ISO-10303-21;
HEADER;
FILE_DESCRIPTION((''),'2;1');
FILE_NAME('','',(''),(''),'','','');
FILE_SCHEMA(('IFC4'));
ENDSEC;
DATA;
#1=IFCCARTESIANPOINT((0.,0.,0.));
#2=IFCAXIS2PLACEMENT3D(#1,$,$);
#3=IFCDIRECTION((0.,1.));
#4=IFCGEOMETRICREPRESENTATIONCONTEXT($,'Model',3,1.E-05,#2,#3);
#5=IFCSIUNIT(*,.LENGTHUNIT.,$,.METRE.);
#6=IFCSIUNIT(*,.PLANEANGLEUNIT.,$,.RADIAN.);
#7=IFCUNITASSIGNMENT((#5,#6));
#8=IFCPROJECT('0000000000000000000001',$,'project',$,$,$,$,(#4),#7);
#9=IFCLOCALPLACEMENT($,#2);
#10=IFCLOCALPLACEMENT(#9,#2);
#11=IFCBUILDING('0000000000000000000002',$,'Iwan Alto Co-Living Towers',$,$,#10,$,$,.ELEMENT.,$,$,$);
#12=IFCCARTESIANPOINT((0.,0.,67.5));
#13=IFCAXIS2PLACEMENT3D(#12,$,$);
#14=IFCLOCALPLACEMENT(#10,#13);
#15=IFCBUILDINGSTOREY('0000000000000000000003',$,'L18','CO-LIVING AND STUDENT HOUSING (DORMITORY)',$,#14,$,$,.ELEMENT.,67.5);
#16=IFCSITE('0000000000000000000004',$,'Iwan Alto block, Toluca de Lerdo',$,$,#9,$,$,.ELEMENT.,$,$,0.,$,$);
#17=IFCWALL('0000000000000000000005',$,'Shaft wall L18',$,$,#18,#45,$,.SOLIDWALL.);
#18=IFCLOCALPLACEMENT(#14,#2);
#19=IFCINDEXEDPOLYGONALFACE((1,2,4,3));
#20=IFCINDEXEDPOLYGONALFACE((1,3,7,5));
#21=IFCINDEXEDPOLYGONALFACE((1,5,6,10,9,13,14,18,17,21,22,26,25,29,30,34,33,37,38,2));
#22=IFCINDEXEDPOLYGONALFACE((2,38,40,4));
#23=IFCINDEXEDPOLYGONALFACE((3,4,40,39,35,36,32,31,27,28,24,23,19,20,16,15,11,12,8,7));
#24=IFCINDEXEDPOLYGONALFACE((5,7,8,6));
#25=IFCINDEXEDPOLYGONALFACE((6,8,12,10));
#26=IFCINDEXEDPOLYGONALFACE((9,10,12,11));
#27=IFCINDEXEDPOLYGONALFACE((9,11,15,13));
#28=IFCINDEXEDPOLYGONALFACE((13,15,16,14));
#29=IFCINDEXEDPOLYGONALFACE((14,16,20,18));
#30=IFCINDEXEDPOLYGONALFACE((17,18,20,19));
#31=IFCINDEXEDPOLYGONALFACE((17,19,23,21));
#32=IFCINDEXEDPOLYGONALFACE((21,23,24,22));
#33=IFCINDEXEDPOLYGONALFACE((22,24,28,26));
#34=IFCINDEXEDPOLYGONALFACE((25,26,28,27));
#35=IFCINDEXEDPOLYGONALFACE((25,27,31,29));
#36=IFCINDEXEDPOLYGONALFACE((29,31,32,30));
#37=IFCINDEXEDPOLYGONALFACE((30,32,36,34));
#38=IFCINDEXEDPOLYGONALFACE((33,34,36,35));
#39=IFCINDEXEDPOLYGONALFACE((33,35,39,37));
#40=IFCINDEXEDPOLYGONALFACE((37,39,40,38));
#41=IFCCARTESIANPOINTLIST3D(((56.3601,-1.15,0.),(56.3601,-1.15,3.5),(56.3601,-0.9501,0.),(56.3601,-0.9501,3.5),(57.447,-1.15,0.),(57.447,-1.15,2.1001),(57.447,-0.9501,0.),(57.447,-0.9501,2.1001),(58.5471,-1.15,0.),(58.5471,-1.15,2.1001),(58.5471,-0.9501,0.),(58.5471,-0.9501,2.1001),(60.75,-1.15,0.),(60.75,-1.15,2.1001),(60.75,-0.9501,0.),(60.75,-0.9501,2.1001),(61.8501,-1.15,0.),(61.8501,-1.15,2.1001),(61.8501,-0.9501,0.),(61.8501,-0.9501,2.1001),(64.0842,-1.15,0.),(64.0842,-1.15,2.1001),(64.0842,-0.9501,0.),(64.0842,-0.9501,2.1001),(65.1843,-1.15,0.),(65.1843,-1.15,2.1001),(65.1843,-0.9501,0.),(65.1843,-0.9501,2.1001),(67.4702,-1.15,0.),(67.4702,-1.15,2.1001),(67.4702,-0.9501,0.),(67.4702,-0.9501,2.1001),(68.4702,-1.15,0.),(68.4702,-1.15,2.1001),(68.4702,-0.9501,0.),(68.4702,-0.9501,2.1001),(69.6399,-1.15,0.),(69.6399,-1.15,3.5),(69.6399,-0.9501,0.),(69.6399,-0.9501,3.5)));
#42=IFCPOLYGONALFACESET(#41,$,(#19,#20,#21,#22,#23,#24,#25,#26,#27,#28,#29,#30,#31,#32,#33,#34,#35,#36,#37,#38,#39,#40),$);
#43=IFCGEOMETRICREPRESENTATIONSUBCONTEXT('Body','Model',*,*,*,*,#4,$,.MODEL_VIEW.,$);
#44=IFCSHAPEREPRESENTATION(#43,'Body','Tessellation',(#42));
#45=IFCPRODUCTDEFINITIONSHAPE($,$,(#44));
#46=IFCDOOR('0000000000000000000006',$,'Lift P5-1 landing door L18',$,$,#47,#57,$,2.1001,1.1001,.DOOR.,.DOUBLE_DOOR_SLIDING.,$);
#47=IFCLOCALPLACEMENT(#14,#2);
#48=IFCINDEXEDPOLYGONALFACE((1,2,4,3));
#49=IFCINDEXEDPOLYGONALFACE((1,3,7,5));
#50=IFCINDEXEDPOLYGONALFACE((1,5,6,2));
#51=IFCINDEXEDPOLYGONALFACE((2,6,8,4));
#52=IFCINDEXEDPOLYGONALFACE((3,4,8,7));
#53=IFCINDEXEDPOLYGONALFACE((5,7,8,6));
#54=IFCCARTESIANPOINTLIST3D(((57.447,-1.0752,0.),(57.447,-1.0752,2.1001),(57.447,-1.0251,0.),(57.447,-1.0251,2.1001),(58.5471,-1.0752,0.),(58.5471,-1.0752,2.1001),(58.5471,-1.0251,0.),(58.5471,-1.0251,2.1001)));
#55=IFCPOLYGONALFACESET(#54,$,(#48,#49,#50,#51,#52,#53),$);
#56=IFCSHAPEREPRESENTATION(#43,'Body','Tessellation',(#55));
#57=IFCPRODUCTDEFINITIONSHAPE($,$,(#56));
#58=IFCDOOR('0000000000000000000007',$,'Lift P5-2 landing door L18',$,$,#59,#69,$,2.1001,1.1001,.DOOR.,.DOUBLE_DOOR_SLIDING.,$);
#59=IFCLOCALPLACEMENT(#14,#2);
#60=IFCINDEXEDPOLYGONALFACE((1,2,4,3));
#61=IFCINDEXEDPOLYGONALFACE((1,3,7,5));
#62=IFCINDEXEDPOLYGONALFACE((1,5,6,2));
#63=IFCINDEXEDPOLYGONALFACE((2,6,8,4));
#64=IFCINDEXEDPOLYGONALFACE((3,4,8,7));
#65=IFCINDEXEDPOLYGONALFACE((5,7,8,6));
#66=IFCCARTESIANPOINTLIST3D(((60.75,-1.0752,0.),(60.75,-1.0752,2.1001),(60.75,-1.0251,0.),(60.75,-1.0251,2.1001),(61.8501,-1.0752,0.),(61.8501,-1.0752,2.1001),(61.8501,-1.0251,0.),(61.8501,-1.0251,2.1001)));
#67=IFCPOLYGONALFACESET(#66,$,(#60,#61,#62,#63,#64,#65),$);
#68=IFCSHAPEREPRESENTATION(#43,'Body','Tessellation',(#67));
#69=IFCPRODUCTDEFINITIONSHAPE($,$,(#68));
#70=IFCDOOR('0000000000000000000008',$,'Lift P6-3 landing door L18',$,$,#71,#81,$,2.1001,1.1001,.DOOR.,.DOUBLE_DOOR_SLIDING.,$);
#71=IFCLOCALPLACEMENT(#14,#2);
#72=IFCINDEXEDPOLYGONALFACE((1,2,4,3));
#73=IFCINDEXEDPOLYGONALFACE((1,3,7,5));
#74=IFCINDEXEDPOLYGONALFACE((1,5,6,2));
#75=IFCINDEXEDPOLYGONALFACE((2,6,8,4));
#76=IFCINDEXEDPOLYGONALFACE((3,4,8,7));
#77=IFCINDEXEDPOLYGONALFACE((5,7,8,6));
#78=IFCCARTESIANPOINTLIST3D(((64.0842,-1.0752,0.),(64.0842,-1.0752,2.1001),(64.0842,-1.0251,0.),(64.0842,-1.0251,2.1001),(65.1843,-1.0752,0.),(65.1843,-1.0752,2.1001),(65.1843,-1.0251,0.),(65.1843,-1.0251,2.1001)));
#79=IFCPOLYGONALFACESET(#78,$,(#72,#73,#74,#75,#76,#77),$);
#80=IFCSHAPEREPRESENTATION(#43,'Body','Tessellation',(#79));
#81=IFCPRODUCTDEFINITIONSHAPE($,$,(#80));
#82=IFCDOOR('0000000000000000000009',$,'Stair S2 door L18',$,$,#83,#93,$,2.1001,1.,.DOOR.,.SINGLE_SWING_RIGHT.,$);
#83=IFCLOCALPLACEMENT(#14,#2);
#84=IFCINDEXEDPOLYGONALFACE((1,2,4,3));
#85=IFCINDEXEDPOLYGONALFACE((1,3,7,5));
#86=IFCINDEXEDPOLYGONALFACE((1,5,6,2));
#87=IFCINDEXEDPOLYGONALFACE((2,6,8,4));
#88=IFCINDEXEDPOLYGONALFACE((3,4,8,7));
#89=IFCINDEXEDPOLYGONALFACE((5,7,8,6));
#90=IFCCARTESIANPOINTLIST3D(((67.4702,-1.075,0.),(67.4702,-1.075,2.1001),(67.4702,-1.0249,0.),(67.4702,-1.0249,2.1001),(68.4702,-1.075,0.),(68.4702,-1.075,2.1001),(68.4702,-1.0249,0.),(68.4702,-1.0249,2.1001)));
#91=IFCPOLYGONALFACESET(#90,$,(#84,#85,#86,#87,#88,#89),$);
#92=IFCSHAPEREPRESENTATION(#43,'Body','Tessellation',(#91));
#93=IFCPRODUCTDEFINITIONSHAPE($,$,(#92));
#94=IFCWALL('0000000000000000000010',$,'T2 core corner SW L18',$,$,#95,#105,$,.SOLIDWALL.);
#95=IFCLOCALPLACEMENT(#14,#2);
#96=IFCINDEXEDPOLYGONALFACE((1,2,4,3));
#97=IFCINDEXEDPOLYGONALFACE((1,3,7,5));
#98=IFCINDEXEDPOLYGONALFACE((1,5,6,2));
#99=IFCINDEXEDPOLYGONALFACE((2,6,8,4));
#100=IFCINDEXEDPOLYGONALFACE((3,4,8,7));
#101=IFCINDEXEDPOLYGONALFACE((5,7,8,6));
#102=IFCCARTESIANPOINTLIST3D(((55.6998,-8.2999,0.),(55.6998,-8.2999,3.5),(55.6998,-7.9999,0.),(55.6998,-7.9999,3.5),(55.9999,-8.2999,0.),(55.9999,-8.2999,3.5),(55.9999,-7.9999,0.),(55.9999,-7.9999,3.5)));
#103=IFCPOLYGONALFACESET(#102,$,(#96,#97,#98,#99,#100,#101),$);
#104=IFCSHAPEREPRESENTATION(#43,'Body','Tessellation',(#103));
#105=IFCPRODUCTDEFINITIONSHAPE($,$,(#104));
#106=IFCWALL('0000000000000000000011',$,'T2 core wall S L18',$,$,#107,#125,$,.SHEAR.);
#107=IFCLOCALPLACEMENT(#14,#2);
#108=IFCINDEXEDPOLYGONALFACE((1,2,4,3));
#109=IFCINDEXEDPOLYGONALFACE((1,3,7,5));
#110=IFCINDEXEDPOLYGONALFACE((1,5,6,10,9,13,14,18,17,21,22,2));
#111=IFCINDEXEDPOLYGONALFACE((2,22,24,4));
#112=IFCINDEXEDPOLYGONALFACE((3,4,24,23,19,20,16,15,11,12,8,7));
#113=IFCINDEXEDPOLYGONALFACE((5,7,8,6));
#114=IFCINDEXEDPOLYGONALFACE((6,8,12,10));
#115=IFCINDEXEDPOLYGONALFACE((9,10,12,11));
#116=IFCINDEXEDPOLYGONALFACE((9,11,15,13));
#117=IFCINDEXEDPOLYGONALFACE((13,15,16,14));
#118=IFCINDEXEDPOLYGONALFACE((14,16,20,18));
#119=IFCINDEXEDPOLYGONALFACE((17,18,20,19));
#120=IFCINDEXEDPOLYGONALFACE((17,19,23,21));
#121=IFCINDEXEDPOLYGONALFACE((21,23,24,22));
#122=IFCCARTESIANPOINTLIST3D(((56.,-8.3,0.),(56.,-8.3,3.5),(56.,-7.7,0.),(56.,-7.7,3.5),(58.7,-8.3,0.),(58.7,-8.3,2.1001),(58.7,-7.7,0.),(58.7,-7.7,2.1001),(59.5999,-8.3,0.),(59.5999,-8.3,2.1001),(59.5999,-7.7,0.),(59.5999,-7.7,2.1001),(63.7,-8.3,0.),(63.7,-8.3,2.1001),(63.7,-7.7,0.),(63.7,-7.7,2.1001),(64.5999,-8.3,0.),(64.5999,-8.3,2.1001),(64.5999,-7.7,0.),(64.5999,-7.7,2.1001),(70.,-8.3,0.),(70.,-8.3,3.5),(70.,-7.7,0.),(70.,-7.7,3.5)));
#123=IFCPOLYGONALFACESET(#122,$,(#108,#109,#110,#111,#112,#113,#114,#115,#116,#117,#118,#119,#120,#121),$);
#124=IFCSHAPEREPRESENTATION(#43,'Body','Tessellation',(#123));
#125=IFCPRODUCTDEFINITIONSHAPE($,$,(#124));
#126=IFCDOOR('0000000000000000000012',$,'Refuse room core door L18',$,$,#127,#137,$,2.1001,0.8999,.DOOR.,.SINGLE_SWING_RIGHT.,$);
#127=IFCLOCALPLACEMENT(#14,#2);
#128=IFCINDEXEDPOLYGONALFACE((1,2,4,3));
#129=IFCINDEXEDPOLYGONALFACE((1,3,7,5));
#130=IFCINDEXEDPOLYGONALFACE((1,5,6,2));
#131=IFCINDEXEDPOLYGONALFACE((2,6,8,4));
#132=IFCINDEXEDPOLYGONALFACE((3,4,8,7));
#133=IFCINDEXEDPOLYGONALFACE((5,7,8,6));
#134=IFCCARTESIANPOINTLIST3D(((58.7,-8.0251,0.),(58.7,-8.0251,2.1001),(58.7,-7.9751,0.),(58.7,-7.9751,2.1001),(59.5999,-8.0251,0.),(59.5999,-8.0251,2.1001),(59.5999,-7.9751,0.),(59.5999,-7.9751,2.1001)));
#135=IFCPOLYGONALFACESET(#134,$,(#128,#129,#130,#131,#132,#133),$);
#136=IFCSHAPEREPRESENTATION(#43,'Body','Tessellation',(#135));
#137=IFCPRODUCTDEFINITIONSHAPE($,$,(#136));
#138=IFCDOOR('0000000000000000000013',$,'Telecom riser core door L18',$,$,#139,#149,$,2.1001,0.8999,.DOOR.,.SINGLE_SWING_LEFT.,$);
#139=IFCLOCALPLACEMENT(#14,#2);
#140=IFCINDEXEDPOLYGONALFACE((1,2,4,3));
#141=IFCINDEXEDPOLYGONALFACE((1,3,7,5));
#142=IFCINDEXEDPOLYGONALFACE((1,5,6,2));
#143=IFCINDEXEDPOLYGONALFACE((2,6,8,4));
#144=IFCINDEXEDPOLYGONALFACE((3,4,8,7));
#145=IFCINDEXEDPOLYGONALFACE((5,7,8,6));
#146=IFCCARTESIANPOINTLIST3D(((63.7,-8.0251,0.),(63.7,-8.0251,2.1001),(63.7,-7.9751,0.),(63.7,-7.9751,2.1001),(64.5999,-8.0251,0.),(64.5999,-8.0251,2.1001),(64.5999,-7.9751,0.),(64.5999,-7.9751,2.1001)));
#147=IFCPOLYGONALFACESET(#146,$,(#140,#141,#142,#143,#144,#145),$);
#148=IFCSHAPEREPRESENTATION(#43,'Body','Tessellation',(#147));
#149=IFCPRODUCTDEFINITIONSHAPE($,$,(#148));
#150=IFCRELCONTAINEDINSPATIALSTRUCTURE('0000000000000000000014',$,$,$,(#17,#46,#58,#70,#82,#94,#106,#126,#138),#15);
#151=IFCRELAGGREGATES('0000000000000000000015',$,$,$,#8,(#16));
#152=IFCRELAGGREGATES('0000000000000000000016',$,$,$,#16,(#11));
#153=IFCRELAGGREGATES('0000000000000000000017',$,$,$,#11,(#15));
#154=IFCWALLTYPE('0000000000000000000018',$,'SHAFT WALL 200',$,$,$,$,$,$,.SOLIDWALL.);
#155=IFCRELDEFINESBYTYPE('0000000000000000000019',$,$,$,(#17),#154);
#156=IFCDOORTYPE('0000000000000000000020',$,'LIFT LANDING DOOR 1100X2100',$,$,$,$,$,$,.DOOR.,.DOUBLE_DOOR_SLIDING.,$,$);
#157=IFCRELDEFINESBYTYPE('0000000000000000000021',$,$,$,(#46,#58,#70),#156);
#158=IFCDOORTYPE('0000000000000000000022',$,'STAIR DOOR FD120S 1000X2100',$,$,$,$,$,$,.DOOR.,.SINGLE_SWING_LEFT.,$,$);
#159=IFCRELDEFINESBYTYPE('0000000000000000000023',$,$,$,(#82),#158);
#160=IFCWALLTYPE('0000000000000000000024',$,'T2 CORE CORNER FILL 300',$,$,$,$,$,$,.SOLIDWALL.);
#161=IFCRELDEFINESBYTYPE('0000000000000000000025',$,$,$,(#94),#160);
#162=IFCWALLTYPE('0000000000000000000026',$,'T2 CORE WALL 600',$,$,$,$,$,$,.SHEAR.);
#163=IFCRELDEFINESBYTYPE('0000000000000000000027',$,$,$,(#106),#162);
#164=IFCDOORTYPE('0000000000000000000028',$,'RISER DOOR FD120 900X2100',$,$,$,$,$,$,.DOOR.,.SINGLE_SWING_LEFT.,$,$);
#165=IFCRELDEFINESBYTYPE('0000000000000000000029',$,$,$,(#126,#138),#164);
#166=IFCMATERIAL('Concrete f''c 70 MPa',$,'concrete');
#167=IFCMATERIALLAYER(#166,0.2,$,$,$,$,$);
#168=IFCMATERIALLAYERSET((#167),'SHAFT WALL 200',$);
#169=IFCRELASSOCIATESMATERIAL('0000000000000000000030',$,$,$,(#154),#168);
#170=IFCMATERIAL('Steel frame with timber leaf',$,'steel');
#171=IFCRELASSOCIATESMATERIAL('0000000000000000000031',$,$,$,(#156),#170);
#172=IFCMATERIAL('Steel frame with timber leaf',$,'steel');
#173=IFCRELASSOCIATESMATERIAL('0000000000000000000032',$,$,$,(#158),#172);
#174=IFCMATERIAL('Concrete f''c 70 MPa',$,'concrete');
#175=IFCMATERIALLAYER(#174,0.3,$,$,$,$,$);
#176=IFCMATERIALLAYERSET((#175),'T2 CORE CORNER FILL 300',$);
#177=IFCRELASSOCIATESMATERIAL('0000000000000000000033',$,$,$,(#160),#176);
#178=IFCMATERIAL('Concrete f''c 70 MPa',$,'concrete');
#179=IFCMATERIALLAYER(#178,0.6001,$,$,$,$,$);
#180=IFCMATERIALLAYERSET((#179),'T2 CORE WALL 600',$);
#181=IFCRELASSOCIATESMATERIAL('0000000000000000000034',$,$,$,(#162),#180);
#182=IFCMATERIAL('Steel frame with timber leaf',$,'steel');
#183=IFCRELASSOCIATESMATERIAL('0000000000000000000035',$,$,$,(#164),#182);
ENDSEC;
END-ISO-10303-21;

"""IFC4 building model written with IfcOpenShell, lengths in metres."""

from ifc_helpers import new_model, si_unit, direction, frame, frame_2d, origin, place, context, subcontext, project, spatial, rectangle, extrude, material, layer, layer_set, type_object, element, fill, save


model = new_model("IFC4")

# Units and contexts
model_context = context("Model", 3, precision=1e-05, world=origin(), true_north=direction((0.0, 1.0)))
body_context = subcontext(model_context, "Body", "Model", "MODEL_VIEW")
ifc_project = project(units=[si_unit("LENGTHUNIT", "METRE"), si_unit("PLANEANGLEUNIT", "RADIAN")], contexts=[model_context])

# Site, building, storey
site_placement = place(None, origin())
site = spatial("IfcSite", under=ifc_project, at=site_placement, Name="Iwan Alto block, Toluca de Lerdo", CompositionType="ELEMENT", RefElevation=0.0)
building_placement = place(site_placement, origin())
building = spatial("IfcBuilding", under=site, at=building_placement, Name="Iwan Alto Co-Living Towers", CompositionType="ELEMENT")
storey_placement = place(building_placement, frame((0.0, 0.0, 67.5)))
storey = spatial("IfcBuildingStorey", under=building, at=storey_placement, Name="L18", Description="CO-LIVING AND STUDENT HOUSING (DORMITORY)", CompositionType="ELEMENT", Elevation=67.5)

# Shared definitions
ifc_material_1 = material(Name="Concrete f'c 70 MPa", Category="concrete")
ifc_layer_1 = layer(ifc_material_1, 0.2)
ifc_layer_set_1 = layer_set([ifc_layer_1], Name="SHAFT WALL 200")
wall_type_1 = type_object("IfcWallType", Name="SHAFT WALL 200", PredefinedType="SOLIDWALL", material=ifc_layer_set_1)

# Wall, openings, doors
wall_1_placement = place(storey_placement, frame((56.3601, -1.05, 0.0), z_axis=(0.0, 0.0, 1.0), x_axis=(1.0, 0.0, 0.0)))
wall_1 = element("IfcWall", 1, at=wall_1_placement, inside=storey, type_object=wall_type_1, Name="Shaft wall L18", PredefinedType="SOLIDWALL", context=body_context, shape_type="SweptSolid", body=[
    extrude(rectangle(XDim=13.2798, YDim=0.2, at=frame_2d((6.6399, 0.0))), origin(), (0.0, 0.0, 1.0), 3.5),
])
opening_1_placement = place(wall_1_placement, frame((11.1101, 0.0, 0.0)))
opening_1 = element("IfcOpeningElement", 2, at=opening_1_placement, cuts=wall_1, PredefinedType="OPENING", context=body_context, shape_type="SweptSolid", body=[
    extrude(rectangle(XDim=1.0, YDim=2.1001, at=frame_2d((0.5, 1.05))), frame((0.0, 0.1099, 0.0), z_axis=(0.0, -1.0, 0.0), x_axis=(1.0, 0.0, 0.0)), (0.0, 0.0, 1.0), 0.22),
])
opening_2_placement = place(wall_1_placement, frame((1.0869, 0.0, 0.0)))
opening_2 = element("IfcOpeningElement", 3, at=opening_2_placement, cuts=wall_1, PredefinedType="OPENING", context=body_context, shape_type="SweptSolid", body=[
    extrude(rectangle(XDim=1.1001, YDim=2.1001, at=frame_2d((0.55, 1.05))), frame((0.0, 0.1099, 0.0), z_axis=(0.0, -1.0, 0.0), x_axis=(1.0, 0.0, 0.0)), (0.0, 0.0, 1.0), 0.22),
])
opening_3_placement = place(wall_1_placement, frame((4.3899, 0.0, 0.0)))
opening_3 = element("IfcOpeningElement", 4, at=opening_3_placement, cuts=wall_1, PredefinedType="OPENING", context=body_context, shape_type="SweptSolid", body=[
    extrude(rectangle(XDim=1.1001, YDim=2.1001, at=frame_2d((0.55, 1.05))), frame((0.0, 0.1099, 0.0), z_axis=(0.0, -1.0, 0.0), x_axis=(1.0, 0.0, 0.0)), (0.0, 0.0, 1.0), 0.22),
])
opening_4_placement = place(wall_1_placement, frame((7.7241, 0.0, 0.0)))
opening_4 = element("IfcOpeningElement", 5, at=opening_4_placement, cuts=wall_1, PredefinedType="OPENING", context=body_context, shape_type="SweptSolid", body=[
    extrude(rectangle(XDim=1.1001, YDim=2.1001, at=frame_2d((0.55, 1.05))), frame((0.0, 0.1099, 0.0), z_axis=(0.0, -1.0, 0.0), x_axis=(1.0, 0.0, 0.0)), (0.0, 0.0, 1.0), 0.22),
])
ifc_material_2 = material(Name="Steel frame with timber leaf", Category="steel")
door_type_1 = type_object("IfcDoorType", Name="LIFT LANDING DOOR 1100X2100", OperationType="DOUBLE_DOOR_SLIDING", PredefinedType="DOOR", material=ifc_material_2)
door_1_placement = place(opening_2_placement, origin())
door_1 = element("IfcDoor", 6, at=door_1_placement, inside=storey, type_object=door_type_1, Name="Lift P5-1 landing door L18", OperationType="DOUBLE_DOOR_SLIDING", OverallHeight=2.1001, OverallWidth=1.1001, PredefinedType="DOOR", context=body_context, shape_type="SweptSolid", body=[
    extrude(rectangle(XDim=1.1001, YDim=2.1001, at=frame_2d((0.55, 1.05))), frame((0.0, 0.0249, 0.0), z_axis=(0.0, -1.0, 0.0), x_axis=(1.0, 0.0, 0.0)), (0.0, 0.0, 1.0), 0.05),
])
fill(opening_2, door_1)
door_2_placement = place(opening_3_placement, origin())
door_2 = element("IfcDoor", 7, at=door_2_placement, inside=storey, type_object=door_type_1, Name="Lift P5-2 landing door L18", OperationType="DOUBLE_DOOR_SLIDING", OverallHeight=2.1001, OverallWidth=1.1001, PredefinedType="DOOR", context=body_context, shape_type="SweptSolid", body=[
    extrude(rectangle(XDim=1.1001, YDim=2.1001, at=frame_2d((0.55, 1.05))), frame((0.0, 0.0249, 0.0), z_axis=(0.0, -1.0, 0.0), x_axis=(1.0, 0.0, 0.0)), (0.0, 0.0, 1.0), 0.05),
])
fill(opening_3, door_2)
door_3_placement = place(opening_4_placement, origin())
door_3 = element("IfcDoor", 8, at=door_3_placement, inside=storey, type_object=door_type_1, Name="Lift P6-3 landing door L18", OperationType="DOUBLE_DOOR_SLIDING", OverallHeight=2.1001, OverallWidth=1.1001, PredefinedType="DOOR", context=body_context, shape_type="SweptSolid", body=[
    extrude(rectangle(XDim=1.1001, YDim=2.1001, at=frame_2d((0.55, 1.05))), frame((0.0, 0.0249, 0.0), z_axis=(0.0, -1.0, 0.0), x_axis=(1.0, 0.0, 0.0)), (0.0, 0.0, 1.0), 0.05),
])
fill(opening_4, door_3)
ifc_material_3 = material(Name="Steel frame with timber leaf", Category="steel")
door_type_2 = type_object("IfcDoorType", Name="STAIR DOOR FD120S 1000X2100", OperationType="SINGLE_SWING_LEFT", PredefinedType="DOOR", material=ifc_material_3)
door_4_placement = place(opening_1_placement, frame((1.0, 0.0, 0.0), z_axis=(0.0, 0.0, 1.0), x_axis=(-1.0, 0.0, 0.0)))
door_4 = element("IfcDoor", 9, at=door_4_placement, inside=storey, type_object=door_type_2, Name="Stair S2 door L18", OperationType="SINGLE_SWING_RIGHT", OverallHeight=2.1001, OverallWidth=1.0, PredefinedType="DOOR", context=body_context, shape_type="SweptSolid", body=[
    extrude(rectangle(XDim=1.0, YDim=2.1001, at=frame_2d((0.5, 1.05))), frame((0.0, 0.0249, 0.0), z_axis=(0.0, -1.0, 0.0), x_axis=(1.0, 0.0, 0.0)), (0.0, 0.0, 1.0), 0.05),
])
fill(opening_1, door_4)

# Wall
ifc_material_4 = material(Name="Concrete f'c 70 MPa", Category="concrete")
ifc_layer_2 = layer(ifc_material_4, 0.3)
ifc_layer_set_2 = layer_set([ifc_layer_2], Name="T2 CORE CORNER FILL 300")
wall_type_2 = type_object("IfcWallType", Name="T2 CORE CORNER FILL 300", PredefinedType="SOLIDWALL", material=ifc_layer_set_2)
wall_2_placement = place(storey_placement, frame((55.7, -8.1499, 0.0), z_axis=(0.0, 0.0, 1.0), x_axis=(1.0, 0.0, 0.0)))
element("IfcWall", 10, at=wall_2_placement, inside=storey, type_object=wall_type_2, Name="T2 core corner SW L18", PredefinedType="SOLIDWALL", context=body_context, shape_type="SweptSolid", body=[
    extrude(rectangle(XDim=0.3, YDim=0.3, at=frame_2d((0.1499, 0.0))), origin(), (0.0, 0.0, 1.0), 3.5),
])

# Wall, openings, doors
ifc_material_5 = material(Name="Concrete f'c 70 MPa", Category="concrete")
ifc_layer_3 = layer(ifc_material_5, 0.6001)
ifc_layer_set_3 = layer_set([ifc_layer_3], Name="T2 CORE WALL 600")
wall_type_3 = type_object("IfcWallType", Name="T2 CORE WALL 600", PredefinedType="SHEAR", material=ifc_layer_set_3)
wall_3_placement = place(storey_placement, frame((56.0, -8.0, 0.0), z_axis=(0.0, 0.0, 1.0), x_axis=(1.0, 0.0, 0.0)))
wall_3 = element("IfcWall", 11, at=wall_3_placement, inside=storey, type_object=wall_type_3, Name="T2 core wall S L18", PredefinedType="SHEAR", context=body_context, shape_type="SweptSolid", body=[
    extrude(rectangle(XDim=14.0, YDim=0.6001, at=frame_2d((7.0, 0.0))), origin(), (0.0, 0.0, 1.0), 3.5),
])
opening_5_placement = place(wall_3_placement, frame((2.7, 0.0, 0.0)))
opening_5 = element("IfcOpeningElement", 12, at=opening_5_placement, cuts=wall_3, PredefinedType="OPENING", context=body_context, shape_type="SweptSolid", body=[
    extrude(rectangle(XDim=0.8999, YDim=2.1001, at=frame_2d((0.45, 1.05))), frame((0.0, 0.3101, 0.0), z_axis=(0.0, -1.0, 0.0), x_axis=(1.0, 0.0, 0.0)), (0.0, 0.0, 1.0), 0.6201),
])
opening_6_placement = place(wall_3_placement, frame((7.7, 0.0, 0.0)))
opening_6 = element("IfcOpeningElement", 13, at=opening_6_placement, cuts=wall_3, PredefinedType="OPENING", context=body_context, shape_type="SweptSolid", body=[
    extrude(rectangle(XDim=0.8999, YDim=2.1001, at=frame_2d((0.45, 1.05))), frame((0.0, 0.3101, 0.0), z_axis=(0.0, -1.0, 0.0), x_axis=(1.0, 0.0, 0.0)), (0.0, 0.0, 1.0), 0.6201),
])
ifc_material_6 = material(Name="Steel frame with timber leaf", Category="steel")
door_type_3 = type_object("IfcDoorType", Name="RISER DOOR FD120 900X2100", OperationType="SINGLE_SWING_LEFT", PredefinedType="DOOR", material=ifc_material_6)
door_5_placement = place(opening_5_placement, origin())
door_5 = element("IfcDoor", 14, at=door_5_placement, inside=storey, type_object=door_type_3, Name="Refuse room core door L18", OperationType="SINGLE_SWING_RIGHT", OverallHeight=2.1001, OverallWidth=0.8999, PredefinedType="DOOR", context=body_context, shape_type="SweptSolid", body=[
    extrude(rectangle(XDim=0.8999, YDim=2.1001, at=frame_2d((0.45, 1.05))), frame((0.0, 0.0249, 0.0), z_axis=(0.0, -1.0, 0.0), x_axis=(1.0, 0.0, 0.0)), (0.0, 0.0, 1.0), 0.05),
])
fill(opening_5, door_5)
door_6_placement = place(opening_6_placement, origin())
door_6 = element("IfcDoor", 15, at=door_6_placement, inside=storey, type_object=door_type_3, Name="Telecom riser core door L18", OperationType="SINGLE_SWING_LEFT", OverallHeight=2.1001, OverallWidth=0.8999, PredefinedType="DOOR", context=body_context, shape_type="SweptSolid", body=[
    extrude(rectangle(XDim=0.8999, YDim=2.1001, at=frame_2d((0.45, 1.05))), frame((0.0, 0.0249, 0.0), z_axis=(0.0, -1.0, 0.0), x_axis=(1.0, 0.0, 0.0)), (0.0, 0.0, 1.0), 0.05),
])
fill(opening_6, door_6)

save(model, "model.ifc")
